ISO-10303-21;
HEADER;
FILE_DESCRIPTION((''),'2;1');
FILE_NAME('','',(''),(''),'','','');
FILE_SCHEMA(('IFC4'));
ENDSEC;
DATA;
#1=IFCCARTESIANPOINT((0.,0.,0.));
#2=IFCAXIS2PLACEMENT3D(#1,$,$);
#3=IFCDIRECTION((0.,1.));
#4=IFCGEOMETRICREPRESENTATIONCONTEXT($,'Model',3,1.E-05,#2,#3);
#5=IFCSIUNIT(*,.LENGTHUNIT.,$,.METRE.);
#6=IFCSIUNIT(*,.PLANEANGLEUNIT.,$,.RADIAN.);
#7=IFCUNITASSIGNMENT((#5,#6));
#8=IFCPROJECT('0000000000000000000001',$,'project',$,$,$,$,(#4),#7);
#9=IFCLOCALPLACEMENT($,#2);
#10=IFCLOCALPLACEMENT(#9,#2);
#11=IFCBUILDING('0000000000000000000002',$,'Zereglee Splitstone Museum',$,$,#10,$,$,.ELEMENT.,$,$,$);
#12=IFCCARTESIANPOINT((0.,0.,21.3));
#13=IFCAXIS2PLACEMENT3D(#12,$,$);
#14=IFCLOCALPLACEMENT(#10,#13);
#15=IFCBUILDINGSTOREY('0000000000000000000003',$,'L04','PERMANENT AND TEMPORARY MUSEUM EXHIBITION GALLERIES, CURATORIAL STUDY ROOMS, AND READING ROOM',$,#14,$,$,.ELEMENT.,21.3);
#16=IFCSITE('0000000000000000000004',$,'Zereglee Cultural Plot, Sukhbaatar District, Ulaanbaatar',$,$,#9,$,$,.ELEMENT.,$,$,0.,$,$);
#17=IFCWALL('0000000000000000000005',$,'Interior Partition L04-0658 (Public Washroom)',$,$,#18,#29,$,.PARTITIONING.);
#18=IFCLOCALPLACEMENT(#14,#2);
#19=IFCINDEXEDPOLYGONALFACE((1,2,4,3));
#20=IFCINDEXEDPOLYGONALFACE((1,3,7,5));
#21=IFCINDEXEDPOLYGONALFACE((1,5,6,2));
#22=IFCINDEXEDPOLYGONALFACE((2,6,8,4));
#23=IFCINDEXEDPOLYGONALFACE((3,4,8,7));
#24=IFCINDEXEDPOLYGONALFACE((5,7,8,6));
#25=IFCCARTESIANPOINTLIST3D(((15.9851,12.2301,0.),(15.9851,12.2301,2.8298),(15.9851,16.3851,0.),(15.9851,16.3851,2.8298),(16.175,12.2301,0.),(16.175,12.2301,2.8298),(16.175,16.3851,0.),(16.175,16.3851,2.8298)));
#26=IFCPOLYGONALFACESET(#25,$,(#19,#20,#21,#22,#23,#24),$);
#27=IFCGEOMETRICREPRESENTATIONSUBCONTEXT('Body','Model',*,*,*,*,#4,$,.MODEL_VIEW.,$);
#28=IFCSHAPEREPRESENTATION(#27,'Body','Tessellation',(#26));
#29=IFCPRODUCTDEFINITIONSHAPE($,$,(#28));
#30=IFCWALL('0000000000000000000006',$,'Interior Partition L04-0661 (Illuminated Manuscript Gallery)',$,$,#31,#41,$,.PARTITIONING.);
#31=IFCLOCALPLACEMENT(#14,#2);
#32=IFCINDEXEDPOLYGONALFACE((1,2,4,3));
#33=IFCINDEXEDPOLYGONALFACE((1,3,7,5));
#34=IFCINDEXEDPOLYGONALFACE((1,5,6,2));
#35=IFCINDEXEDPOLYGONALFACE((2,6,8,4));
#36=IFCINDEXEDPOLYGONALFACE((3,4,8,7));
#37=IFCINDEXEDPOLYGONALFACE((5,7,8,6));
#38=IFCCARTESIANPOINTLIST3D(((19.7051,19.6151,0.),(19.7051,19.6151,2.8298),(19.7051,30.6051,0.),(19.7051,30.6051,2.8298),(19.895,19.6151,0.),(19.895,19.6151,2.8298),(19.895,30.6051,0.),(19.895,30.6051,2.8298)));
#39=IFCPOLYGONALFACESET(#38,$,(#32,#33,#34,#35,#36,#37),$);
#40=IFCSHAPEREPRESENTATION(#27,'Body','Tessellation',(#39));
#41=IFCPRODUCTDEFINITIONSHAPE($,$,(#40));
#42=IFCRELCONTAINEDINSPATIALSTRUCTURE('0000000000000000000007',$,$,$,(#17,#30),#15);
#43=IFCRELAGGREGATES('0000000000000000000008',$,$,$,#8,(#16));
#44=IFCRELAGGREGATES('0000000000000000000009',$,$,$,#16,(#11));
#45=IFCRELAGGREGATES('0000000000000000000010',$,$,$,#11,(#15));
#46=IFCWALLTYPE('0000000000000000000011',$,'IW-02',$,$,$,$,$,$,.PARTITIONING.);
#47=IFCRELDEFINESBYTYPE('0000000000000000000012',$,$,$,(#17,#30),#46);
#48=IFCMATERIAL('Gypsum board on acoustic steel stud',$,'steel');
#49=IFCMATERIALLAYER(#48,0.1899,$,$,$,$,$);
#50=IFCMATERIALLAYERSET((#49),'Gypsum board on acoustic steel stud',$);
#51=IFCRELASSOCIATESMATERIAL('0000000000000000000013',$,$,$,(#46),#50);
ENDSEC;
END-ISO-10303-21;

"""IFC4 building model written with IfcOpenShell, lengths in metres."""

from ifc_helpers import new_model, si_unit, direction, frame, frame_2d, origin, place, context, subcontext, project, spatial, rectangle, extrude, material, layer, layer_set, type_object, element, save


model = new_model("IFC4")

# Units and contexts
model_context = context("Model", 3, precision=1e-05, world=origin(), true_north=direction((0.0, 1.0)))
body_context = subcontext(model_context, "Body", "Model", "MODEL_VIEW")
ifc_project = project(units=[si_unit("LENGTHUNIT", "METRE"), si_unit("PLANEANGLEUNIT", "RADIAN")], contexts=[model_context])

# Site, building, storey
site_placement = place(None, origin())
site = spatial("IfcSite", under=ifc_project, at=site_placement, Name="Zereglee Cultural Plot, Sukhbaatar District, Ulaanbaatar", CompositionType="ELEMENT", RefElevation=0.0)
building_placement = place(site_placement, origin())
building = spatial("IfcBuilding", under=site, at=building_placement, Name="Zereglee Splitstone Museum", CompositionType="ELEMENT")
storey_placement = place(building_placement, frame((0.0, 0.0, 21.3)))
storey = spatial("IfcBuildingStorey", under=building, at=storey_placement, Name="L04", Description="PERMANENT AND TEMPORARY MUSEUM EXHIBITION GALLERIES, CURATORIAL STUDY ROOMS, AND READING ROOM", CompositionType="ELEMENT", Elevation=21.3)

# Walls
ifc_material_1 = material(Name="Gypsum board on acoustic steel stud", Category="steel")
ifc_layer_1 = layer(ifc_material_1, 0.1899)
ifc_layer_set_1 = layer_set([ifc_layer_1], Name="Gypsum board on acoustic steel stud")
wall_type = type_object("IfcWallType", Name="IW-02", PredefinedType="PARTITIONING", material=ifc_layer_set_1)
for number, where, z_axis, x_axis, name in (
    (1, (16.0801, 12.23, 0.0), (0.0, 0.0, 1.0), (0.0, 1.0, 0.0), "Interior Partition L04-0658 (Public Washroom)"),
):
    element("IfcWall", number, at=place(storey_placement, frame(where, z_axis=z_axis, x_axis=x_axis)), inside=storey, type_object=wall_type, Name=name, PredefinedType="PARTITIONING", context=body_context, shape_type="SweptSolid", body=[
        extrude(rectangle(XDim=4.155, YDim=0.1899, at=frame_2d((2.0776, 0.0))), origin(), (0.0, 0.0, 1.0), 2.8298),
    ])
wall_1_placement = place(storey_placement, frame((19.8, 19.615, 0.0), z_axis=(0.0, 0.0, 1.0), x_axis=(0.0, 1.0, 0.0)))
element("IfcWall", 2, at=wall_1_placement, inside=storey, type_object=wall_type, Name="Interior Partition L04-0661 (Illuminated Manuscript Gallery)", PredefinedType="PARTITIONING", context=body_context, shape_type="SweptSolid", body=[
    extrude(rectangle(XDim=10.99, YDim=0.1899, at=frame_2d((5.4951, 0.0))), origin(), (0.0, 0.0, 1.0), 2.8298),
])

save(model, "model.ifc")
